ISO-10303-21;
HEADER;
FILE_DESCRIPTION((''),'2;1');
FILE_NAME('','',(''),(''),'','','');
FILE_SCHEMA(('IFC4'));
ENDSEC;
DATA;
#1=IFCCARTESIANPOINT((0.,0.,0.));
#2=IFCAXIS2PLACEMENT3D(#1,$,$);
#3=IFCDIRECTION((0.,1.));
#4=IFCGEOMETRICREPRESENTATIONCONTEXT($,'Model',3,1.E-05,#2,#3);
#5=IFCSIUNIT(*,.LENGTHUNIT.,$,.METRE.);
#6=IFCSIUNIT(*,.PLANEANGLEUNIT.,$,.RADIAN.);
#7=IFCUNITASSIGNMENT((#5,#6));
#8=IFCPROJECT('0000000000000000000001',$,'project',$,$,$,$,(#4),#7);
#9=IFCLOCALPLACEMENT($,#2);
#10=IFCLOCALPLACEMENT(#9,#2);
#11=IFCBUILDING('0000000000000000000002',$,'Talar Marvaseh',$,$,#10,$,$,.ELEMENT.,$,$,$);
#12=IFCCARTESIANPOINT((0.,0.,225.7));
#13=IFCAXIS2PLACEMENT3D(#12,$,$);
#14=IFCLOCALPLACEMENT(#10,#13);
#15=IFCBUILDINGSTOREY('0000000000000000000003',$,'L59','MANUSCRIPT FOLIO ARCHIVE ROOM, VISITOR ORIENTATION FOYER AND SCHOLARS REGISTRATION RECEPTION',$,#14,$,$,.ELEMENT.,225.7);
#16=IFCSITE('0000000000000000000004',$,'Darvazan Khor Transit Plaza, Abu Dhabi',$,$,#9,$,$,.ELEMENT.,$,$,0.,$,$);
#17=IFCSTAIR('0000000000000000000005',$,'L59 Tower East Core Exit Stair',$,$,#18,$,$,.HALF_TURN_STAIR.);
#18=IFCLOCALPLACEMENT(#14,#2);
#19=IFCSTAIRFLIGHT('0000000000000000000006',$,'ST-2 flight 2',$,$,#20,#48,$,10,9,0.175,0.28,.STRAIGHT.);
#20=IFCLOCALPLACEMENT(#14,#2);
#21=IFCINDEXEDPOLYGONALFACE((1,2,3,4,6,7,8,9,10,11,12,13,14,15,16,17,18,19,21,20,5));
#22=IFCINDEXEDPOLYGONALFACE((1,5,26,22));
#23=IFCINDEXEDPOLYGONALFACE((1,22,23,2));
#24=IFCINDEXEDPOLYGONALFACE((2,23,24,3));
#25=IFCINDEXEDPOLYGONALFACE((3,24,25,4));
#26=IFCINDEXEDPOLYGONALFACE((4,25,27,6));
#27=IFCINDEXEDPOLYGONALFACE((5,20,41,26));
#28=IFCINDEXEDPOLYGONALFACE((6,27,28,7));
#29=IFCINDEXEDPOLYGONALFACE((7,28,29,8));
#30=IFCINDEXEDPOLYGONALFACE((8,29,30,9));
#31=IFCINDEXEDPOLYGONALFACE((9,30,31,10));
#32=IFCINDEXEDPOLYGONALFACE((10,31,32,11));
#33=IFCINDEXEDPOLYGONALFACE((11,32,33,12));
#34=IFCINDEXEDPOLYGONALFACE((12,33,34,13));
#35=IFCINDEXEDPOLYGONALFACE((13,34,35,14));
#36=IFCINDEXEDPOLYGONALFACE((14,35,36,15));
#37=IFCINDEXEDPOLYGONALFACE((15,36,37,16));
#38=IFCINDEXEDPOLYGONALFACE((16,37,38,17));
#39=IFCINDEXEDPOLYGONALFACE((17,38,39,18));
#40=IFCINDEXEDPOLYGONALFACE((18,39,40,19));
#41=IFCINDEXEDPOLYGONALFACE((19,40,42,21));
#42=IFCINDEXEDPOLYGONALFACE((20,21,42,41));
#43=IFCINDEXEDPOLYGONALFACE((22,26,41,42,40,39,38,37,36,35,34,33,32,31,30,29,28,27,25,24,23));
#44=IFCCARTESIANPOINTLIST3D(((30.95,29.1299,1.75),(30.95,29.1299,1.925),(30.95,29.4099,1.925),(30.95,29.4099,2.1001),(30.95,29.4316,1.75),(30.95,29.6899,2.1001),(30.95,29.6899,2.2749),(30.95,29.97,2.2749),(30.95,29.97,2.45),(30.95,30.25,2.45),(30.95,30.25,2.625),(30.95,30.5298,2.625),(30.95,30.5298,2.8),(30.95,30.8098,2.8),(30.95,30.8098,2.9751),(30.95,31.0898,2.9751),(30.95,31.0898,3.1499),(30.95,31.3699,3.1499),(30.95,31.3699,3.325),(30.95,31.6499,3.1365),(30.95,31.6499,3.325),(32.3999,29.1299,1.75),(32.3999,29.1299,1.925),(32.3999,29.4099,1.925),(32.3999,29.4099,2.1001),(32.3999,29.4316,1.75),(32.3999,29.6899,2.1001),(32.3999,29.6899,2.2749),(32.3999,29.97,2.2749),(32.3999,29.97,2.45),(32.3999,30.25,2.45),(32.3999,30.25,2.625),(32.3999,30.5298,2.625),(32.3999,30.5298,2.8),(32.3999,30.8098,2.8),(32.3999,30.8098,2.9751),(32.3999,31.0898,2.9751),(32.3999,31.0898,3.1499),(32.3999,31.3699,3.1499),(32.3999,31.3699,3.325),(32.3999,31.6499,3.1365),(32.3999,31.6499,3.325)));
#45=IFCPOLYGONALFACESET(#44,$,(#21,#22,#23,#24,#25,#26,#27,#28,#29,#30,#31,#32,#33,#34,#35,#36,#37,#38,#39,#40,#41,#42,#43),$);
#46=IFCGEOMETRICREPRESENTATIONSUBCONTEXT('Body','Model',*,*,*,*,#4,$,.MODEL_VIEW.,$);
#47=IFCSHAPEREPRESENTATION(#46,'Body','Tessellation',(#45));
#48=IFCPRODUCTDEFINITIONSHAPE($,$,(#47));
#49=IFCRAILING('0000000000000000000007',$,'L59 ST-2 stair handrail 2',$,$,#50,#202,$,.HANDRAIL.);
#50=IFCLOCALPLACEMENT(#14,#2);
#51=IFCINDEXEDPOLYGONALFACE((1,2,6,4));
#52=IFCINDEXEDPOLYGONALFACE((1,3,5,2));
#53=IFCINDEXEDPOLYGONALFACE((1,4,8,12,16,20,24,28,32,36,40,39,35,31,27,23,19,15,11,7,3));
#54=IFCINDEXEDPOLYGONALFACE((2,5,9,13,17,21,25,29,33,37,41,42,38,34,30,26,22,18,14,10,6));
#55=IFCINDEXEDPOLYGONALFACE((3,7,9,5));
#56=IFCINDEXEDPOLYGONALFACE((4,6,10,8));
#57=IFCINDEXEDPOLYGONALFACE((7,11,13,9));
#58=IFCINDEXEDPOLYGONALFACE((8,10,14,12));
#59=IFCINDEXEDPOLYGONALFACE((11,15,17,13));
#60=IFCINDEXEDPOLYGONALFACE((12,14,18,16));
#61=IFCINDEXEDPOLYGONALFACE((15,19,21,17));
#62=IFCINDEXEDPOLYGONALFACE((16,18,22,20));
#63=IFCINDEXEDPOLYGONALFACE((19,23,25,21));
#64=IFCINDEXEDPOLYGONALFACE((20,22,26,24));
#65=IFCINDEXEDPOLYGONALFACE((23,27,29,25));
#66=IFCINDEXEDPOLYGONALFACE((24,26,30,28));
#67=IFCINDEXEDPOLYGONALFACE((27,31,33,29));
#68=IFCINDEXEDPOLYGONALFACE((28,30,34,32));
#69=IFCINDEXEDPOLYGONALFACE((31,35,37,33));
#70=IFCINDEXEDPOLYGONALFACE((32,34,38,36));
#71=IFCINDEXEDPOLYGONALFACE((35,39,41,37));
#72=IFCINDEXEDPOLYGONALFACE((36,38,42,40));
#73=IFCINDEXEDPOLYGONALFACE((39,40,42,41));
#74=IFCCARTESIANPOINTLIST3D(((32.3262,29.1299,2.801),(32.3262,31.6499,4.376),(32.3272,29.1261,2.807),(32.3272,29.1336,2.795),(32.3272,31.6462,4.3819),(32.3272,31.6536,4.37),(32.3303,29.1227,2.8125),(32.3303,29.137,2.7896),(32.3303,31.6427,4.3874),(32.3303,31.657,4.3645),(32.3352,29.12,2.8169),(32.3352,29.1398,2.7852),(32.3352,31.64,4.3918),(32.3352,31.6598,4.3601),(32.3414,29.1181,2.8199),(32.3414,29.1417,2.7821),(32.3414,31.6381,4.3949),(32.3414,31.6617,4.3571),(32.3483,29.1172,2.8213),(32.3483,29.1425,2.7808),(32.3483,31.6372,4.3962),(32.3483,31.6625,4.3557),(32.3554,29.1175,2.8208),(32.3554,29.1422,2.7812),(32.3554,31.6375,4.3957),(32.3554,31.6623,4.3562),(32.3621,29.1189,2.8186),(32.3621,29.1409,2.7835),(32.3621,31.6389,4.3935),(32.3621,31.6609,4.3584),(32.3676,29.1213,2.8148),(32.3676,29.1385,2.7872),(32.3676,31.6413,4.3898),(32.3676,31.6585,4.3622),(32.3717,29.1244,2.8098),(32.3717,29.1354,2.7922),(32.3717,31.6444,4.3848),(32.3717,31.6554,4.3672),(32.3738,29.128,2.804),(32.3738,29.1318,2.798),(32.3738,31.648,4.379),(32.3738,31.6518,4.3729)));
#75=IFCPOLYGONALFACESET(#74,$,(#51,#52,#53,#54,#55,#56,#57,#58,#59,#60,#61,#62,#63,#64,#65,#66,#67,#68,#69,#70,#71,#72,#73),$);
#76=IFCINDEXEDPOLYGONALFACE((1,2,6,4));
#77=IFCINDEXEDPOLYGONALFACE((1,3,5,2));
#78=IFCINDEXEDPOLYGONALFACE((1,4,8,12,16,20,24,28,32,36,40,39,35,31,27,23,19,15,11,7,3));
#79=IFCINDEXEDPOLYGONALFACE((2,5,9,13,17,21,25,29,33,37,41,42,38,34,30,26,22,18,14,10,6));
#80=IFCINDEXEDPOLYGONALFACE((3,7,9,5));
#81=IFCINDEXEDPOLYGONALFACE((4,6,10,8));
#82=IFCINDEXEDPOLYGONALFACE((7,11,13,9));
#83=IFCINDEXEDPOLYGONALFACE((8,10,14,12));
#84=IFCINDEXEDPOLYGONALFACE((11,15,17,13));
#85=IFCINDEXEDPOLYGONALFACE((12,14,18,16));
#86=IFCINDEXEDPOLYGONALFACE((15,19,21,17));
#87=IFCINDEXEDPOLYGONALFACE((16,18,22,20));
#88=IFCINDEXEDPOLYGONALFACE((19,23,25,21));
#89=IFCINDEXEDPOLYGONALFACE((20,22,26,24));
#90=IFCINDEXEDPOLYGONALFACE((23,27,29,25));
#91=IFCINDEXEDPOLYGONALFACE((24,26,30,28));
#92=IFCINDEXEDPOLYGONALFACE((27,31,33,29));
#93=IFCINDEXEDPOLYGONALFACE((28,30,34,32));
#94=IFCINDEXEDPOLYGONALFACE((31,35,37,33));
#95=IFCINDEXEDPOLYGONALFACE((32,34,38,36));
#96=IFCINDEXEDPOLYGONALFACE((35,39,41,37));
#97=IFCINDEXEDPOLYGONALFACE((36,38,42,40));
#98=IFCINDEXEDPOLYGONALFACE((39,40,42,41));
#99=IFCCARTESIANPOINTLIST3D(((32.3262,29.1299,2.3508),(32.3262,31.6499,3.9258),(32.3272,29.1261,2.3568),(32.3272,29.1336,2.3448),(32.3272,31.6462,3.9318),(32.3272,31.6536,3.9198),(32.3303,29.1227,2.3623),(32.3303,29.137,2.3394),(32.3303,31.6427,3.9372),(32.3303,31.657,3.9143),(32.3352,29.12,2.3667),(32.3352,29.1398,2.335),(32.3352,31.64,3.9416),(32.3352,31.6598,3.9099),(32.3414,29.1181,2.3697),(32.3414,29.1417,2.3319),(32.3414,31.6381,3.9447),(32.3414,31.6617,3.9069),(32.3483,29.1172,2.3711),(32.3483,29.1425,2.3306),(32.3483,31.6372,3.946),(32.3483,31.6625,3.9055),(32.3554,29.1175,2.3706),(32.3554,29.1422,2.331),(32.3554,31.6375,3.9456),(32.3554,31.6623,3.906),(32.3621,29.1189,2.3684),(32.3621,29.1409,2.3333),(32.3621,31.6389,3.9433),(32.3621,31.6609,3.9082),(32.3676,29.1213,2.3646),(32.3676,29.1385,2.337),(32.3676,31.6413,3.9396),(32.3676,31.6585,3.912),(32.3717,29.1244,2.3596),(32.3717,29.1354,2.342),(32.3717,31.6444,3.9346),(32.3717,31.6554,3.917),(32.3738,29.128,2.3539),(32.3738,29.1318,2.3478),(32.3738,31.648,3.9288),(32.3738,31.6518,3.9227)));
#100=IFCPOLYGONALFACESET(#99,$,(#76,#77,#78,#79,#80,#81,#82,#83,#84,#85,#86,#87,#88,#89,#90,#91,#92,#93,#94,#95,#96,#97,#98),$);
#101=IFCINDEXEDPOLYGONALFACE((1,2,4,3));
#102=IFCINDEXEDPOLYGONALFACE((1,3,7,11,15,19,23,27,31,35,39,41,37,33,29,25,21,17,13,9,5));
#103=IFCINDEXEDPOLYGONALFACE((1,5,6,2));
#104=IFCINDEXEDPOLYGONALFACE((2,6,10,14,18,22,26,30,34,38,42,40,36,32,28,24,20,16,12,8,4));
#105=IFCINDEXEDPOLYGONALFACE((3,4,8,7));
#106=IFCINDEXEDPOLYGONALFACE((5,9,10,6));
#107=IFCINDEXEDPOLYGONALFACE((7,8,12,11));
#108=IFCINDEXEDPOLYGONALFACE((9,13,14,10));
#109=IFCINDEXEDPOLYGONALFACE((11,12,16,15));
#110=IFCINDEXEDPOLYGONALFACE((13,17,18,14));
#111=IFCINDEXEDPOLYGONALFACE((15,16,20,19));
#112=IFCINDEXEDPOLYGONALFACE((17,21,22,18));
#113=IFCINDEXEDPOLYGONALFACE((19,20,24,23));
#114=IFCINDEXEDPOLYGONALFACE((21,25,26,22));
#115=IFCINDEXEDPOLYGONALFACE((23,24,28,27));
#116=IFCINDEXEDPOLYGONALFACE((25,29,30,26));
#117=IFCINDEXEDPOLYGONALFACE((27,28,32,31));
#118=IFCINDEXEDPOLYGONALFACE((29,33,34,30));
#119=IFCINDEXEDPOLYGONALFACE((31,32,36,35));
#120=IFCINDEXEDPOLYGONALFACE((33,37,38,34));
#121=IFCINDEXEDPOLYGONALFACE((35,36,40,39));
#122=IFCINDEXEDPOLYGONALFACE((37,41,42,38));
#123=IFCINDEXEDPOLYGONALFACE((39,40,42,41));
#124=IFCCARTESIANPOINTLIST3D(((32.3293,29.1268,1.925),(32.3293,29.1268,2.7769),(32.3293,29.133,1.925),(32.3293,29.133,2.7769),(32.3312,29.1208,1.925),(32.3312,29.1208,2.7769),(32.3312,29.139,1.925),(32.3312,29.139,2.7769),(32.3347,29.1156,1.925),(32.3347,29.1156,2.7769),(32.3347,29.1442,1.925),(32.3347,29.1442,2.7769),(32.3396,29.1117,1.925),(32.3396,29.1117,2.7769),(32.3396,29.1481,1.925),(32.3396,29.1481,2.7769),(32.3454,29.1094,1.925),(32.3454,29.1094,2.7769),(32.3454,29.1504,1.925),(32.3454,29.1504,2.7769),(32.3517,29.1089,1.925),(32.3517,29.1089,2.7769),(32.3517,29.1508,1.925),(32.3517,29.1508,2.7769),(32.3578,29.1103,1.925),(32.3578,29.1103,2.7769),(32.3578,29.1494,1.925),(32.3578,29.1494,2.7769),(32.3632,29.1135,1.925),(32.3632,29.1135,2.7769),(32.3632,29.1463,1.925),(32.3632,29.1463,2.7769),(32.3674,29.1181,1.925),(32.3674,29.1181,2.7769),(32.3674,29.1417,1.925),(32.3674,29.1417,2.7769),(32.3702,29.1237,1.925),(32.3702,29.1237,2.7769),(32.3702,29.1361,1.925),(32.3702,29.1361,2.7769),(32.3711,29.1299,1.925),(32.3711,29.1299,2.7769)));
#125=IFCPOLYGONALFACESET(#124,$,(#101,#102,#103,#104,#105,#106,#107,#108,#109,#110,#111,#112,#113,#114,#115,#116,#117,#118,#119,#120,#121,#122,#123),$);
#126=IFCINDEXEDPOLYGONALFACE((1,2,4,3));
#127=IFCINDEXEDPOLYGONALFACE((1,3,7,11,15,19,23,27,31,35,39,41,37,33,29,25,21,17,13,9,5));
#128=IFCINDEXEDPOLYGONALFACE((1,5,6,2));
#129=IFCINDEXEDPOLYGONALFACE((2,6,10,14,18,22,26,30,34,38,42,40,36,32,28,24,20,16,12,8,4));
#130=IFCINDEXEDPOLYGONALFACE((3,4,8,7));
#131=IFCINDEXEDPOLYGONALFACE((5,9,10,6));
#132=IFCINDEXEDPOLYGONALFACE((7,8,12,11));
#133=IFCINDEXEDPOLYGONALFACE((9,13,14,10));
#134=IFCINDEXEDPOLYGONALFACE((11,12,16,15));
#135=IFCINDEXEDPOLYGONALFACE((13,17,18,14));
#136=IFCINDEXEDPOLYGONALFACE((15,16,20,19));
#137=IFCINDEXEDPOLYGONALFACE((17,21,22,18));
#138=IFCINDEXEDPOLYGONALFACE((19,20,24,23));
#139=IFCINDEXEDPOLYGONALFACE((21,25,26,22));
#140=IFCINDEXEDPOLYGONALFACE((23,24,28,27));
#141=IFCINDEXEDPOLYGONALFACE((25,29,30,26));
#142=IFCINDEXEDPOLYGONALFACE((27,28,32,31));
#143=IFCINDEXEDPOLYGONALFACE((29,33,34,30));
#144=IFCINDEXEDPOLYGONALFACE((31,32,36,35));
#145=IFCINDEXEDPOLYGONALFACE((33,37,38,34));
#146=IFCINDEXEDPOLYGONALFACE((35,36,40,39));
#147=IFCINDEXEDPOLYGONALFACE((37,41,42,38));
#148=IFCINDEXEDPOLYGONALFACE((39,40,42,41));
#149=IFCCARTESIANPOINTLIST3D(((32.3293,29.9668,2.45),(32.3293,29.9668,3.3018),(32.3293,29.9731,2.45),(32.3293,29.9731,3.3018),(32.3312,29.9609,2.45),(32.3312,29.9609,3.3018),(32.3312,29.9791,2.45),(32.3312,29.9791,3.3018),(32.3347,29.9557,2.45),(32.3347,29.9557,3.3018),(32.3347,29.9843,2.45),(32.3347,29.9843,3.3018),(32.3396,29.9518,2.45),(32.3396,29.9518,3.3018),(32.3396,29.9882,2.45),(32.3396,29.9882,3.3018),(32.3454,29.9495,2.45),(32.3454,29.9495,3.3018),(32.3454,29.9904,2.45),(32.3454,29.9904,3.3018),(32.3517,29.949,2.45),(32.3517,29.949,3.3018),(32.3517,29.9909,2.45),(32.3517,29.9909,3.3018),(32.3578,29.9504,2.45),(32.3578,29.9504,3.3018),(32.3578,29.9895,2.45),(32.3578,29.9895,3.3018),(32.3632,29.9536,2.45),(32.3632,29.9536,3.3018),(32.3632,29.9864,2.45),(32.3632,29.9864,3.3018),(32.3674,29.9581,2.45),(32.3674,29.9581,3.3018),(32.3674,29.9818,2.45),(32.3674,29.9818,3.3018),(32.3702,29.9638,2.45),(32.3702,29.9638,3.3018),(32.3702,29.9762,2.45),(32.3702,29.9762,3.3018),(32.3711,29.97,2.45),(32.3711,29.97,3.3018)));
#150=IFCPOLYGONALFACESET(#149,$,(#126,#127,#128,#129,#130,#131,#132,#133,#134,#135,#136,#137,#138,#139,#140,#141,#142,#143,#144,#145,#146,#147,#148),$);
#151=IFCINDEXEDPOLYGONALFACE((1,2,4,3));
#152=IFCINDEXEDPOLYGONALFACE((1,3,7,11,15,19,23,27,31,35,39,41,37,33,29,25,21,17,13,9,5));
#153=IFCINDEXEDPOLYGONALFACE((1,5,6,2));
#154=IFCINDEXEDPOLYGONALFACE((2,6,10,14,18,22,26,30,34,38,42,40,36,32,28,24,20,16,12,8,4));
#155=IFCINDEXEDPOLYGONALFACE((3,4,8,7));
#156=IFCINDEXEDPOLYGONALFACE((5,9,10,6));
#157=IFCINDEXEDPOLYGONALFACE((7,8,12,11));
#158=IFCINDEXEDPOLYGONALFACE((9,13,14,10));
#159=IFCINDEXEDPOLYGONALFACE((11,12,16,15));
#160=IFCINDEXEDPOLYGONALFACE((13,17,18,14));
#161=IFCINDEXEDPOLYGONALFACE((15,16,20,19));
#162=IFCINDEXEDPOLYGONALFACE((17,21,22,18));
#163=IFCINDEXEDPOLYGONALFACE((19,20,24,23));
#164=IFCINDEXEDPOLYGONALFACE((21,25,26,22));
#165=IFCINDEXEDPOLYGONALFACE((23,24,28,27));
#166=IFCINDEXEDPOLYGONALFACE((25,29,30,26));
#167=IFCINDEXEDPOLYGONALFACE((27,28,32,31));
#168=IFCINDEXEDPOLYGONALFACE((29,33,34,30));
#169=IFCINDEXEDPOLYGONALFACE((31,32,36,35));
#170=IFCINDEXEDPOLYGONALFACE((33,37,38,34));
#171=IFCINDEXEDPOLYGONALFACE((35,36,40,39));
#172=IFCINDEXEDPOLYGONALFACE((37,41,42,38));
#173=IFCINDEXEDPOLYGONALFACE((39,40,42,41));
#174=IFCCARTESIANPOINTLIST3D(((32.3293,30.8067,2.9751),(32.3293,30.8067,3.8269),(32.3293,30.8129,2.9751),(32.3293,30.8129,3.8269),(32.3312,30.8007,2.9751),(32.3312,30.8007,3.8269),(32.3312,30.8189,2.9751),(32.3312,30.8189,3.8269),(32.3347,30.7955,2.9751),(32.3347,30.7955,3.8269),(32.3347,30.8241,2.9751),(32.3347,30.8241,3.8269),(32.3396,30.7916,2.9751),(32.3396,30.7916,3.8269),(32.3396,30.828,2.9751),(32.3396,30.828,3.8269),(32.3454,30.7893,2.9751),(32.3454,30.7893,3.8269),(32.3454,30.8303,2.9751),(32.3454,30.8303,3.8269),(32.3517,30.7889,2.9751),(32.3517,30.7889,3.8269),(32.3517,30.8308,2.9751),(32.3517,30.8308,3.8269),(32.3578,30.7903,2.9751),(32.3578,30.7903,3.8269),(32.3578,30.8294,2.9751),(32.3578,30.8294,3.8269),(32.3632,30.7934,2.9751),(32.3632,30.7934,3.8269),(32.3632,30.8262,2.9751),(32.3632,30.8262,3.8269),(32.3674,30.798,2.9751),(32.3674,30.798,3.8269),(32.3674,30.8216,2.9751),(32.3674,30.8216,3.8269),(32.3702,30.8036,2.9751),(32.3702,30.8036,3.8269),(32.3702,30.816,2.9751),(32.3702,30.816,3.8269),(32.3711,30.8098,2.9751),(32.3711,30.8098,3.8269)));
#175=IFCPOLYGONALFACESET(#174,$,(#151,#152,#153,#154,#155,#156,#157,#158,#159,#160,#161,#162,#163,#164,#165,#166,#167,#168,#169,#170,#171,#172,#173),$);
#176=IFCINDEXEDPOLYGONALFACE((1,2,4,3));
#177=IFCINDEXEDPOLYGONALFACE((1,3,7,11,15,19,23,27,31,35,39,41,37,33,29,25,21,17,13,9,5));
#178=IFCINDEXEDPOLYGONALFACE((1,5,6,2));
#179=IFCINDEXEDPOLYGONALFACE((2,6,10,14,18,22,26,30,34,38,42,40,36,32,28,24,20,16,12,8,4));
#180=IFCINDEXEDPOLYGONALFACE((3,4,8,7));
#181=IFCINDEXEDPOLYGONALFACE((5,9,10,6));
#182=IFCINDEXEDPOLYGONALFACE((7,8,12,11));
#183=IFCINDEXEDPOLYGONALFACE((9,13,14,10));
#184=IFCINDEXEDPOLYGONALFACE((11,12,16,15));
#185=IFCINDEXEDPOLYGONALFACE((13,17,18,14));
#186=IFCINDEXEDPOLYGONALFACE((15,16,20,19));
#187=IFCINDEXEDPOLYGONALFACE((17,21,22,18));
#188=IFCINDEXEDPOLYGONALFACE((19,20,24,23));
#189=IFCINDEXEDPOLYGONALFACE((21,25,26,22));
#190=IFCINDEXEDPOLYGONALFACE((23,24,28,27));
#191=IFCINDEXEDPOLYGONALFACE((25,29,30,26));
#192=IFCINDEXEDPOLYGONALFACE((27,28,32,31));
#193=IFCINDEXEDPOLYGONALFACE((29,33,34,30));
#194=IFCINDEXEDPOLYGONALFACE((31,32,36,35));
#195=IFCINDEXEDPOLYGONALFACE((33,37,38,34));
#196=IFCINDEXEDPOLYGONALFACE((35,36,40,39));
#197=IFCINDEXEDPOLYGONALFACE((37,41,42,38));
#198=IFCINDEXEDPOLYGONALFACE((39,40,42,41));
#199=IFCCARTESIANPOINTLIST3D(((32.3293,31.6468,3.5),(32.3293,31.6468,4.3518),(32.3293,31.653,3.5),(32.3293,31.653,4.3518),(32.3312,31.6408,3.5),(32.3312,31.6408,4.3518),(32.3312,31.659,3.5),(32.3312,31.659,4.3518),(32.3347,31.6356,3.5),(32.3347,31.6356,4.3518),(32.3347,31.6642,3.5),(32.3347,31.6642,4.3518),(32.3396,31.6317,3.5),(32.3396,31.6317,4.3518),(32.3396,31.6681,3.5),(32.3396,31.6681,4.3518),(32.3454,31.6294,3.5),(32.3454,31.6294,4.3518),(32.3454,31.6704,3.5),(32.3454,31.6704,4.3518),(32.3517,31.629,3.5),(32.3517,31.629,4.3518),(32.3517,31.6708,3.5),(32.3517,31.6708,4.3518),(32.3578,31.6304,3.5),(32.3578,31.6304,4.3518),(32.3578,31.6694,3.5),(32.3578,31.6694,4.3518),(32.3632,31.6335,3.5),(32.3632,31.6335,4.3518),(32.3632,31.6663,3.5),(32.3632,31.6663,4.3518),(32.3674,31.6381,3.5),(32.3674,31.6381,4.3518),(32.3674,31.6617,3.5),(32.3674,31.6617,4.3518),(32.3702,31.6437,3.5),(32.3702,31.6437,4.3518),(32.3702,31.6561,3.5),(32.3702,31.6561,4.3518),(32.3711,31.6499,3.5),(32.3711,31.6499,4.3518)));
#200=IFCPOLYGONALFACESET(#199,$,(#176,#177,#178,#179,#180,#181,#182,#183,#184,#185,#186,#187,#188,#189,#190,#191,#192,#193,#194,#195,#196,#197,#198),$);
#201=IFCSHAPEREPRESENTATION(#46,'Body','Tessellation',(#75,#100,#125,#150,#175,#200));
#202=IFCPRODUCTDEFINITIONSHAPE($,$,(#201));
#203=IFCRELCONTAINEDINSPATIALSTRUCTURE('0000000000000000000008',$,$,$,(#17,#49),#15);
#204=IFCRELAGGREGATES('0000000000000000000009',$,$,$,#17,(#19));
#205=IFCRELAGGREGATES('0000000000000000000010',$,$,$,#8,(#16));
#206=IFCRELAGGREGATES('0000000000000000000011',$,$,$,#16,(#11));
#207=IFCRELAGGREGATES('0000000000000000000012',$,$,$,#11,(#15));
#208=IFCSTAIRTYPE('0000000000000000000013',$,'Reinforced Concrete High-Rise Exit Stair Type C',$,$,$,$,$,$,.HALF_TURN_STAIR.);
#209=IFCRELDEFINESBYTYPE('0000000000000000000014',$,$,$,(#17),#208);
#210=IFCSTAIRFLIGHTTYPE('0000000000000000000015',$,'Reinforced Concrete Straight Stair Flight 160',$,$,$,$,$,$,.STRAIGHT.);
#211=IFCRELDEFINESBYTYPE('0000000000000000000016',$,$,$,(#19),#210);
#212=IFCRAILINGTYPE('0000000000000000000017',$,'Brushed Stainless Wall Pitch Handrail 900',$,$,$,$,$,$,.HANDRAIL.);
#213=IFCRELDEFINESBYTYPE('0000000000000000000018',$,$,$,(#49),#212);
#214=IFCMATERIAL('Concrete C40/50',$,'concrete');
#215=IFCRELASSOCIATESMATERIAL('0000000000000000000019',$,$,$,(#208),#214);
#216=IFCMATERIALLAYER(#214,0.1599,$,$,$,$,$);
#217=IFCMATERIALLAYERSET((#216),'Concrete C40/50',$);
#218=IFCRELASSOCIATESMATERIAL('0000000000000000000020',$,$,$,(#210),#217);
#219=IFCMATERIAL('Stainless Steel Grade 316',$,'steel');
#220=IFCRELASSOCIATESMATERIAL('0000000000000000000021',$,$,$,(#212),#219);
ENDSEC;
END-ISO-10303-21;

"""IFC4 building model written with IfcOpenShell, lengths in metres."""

from ifc_helpers import new_model, si_unit, direction, frame, origin, origin_2d, place, context, subcontext, project, spatial, polyline, circle, outline, extrude, material, layer, layer_set, type_object, element, aggregate, save


model = new_model("IFC4")

# Units and contexts
model_context = context("Model", 3, precision=1e-05, world=origin(), true_north=direction((0.0, 1.0)))
body_context = subcontext(model_context, "Body", "Model", "MODEL_VIEW")
ifc_project = project(units=[si_unit("LENGTHUNIT", "METRE"), si_unit("PLANEANGLEUNIT", "RADIAN")], contexts=[model_context])

# Site, building, storey
site_placement = place(None, origin())
site = spatial("IfcSite", under=ifc_project, at=site_placement, Name="Darvazan Khor Transit Plaza, Abu Dhabi", CompositionType="ELEMENT", RefElevation=0.0)
building_placement = place(site_placement, origin())
building = spatial("IfcBuilding", under=site, at=building_placement, Name="Talar Marvaseh", CompositionType="ELEMENT")
storey_placement = place(building_placement, frame((0.0, 0.0, 225.7)))
storey = spatial("IfcBuildingStorey", under=building, at=storey_placement, Name="L59", Description="MANUSCRIPT FOLIO ARCHIVE ROOM, VISITOR ORIENTATION FOYER AND SCHOLARS REGISTRATION RECEPTION", CompositionType="ELEMENT", Elevation=225.7)

# Stair, stair flight
ifc_material_1 = material(Name="Concrete C40/50", Category="concrete")
stair_type = type_object("IfcStairType", Name="Reinforced Concrete High-Rise Exit Stair Type C", PredefinedType="HALF_TURN_STAIR", material=ifc_material_1)
stair_placement = place(storey_placement, origin())
stair = element("IfcStair", 1, at=stair_placement, inside=storey, type_object=stair_type, Name="L59 Tower East Core Exit Stair", PredefinedType="HALF_TURN_STAIR")
ifc_layer_1 = layer(ifc_material_1, 0.1599)
ifc_layer_set_1 = layer_set([ifc_layer_1], Name="Concrete C40/50")
stair_flight_type = type_object("IfcStairFlightType", Name="Reinforced Concrete Straight Stair Flight 160", PredefinedType="STRAIGHT", material=ifc_layer_set_1)
stair_flight_placement = place(storey_placement, frame((31.675, 29.1299, 1.75), z_axis=(0.0, 0.0, 1.0), x_axis=(0.0, 1.0, 0.0)))
stair_flight = element("IfcStairFlight", 2, at=stair_flight_placement, type_object=stair_flight_type, Name="ST-2 flight 2", NumberOfRisers=10, NumberOfTreads=9, PredefinedType="STRAIGHT", RiserHeight=0.175, TreadLength=0.28, context=body_context, shape_type="SweptSolid", body=[
    extrude(outline(polyline([(0.0, 0.0), (0.0, 0.175), (0.28, 0.175), (0.28, 0.3501), (0.5601, 0.3501), (0.5601, 0.5249), (0.8401, 0.5249), (0.8401, 0.7), (1.1201, 0.7), (1.1201, 0.875), (1.3999, 0.875), (1.3999, 1.05), (1.6799, 1.05), (1.6799, 1.2251), (1.96, 1.2251), (1.96, 1.3999), (2.24, 1.3999), (2.24, 1.575), (2.52, 1.575), (2.52, 1.75), (2.52, 1.3865), (0.3018, 0.0), (0.0, 0.0)])), frame((0.0, 0.7251, 0.0), z_axis=(0.0, -1.0, 0.0), x_axis=(1.0, 0.0, 0.0)), (0.0, 0.0, 1.0), 1.45),
])
aggregate(stair, [stair_flight])

# Railing
ifc_material_2 = material(Name="Stainless Steel Grade 316", Category="steel")
railing_type = type_object("IfcRailingType", Name="Brushed Stainless Wall Pitch Handrail 900", PredefinedType="HANDRAIL", material=ifc_material_2)
railing_placement = place(storey_placement, frame((32.3501, 29.1299, 1.925)))
element("IfcRailing", 3, at=railing_placement, inside=storey, type_object=railing_type, Name="L59 ST-2 stair handrail 2", PredefinedType="HANDRAIL", context=body_context, shape_type="SweptSolid", body=[
    extrude(circle(Radius=0.0239, at=origin_2d()), frame((0.0, 0.0, 0.876), z_axis=(0.0, 0.848008, 0.529984), x_axis=(-1.0, 0.0, 0.0)), (0.0, 0.0, 1.0), 2.9717),
    extrude(circle(Radius=0.0239, at=origin_2d()), frame((0.0, 0.0, 0.4258), z_axis=(0.0, 0.848008, 0.529984), x_axis=(-1.0, 0.0, 0.0)), (0.0, 0.0, 1.0), 2.9717),
    extrude(circle(Radius=0.021, at=origin_2d()), origin(), (0.0, 0.0, 1.0), 0.8518),
    extrude(circle(Radius=0.021, at=origin_2d()), frame((0.0, 0.8401, 0.5249)), (0.0, 0.0, 1.0), 0.8518),
    extrude(circle(Radius=0.021, at=origin_2d()), frame((0.0, 1.6799, 1.05)), (0.0, 0.0, 1.0), 0.8518),
    extrude(circle(Radius=0.021, at=origin_2d()), frame((0.0, 2.52, 1.575)), (0.0, 0.0, 1.0), 0.8518),
])

save(model, "model.ifc")
